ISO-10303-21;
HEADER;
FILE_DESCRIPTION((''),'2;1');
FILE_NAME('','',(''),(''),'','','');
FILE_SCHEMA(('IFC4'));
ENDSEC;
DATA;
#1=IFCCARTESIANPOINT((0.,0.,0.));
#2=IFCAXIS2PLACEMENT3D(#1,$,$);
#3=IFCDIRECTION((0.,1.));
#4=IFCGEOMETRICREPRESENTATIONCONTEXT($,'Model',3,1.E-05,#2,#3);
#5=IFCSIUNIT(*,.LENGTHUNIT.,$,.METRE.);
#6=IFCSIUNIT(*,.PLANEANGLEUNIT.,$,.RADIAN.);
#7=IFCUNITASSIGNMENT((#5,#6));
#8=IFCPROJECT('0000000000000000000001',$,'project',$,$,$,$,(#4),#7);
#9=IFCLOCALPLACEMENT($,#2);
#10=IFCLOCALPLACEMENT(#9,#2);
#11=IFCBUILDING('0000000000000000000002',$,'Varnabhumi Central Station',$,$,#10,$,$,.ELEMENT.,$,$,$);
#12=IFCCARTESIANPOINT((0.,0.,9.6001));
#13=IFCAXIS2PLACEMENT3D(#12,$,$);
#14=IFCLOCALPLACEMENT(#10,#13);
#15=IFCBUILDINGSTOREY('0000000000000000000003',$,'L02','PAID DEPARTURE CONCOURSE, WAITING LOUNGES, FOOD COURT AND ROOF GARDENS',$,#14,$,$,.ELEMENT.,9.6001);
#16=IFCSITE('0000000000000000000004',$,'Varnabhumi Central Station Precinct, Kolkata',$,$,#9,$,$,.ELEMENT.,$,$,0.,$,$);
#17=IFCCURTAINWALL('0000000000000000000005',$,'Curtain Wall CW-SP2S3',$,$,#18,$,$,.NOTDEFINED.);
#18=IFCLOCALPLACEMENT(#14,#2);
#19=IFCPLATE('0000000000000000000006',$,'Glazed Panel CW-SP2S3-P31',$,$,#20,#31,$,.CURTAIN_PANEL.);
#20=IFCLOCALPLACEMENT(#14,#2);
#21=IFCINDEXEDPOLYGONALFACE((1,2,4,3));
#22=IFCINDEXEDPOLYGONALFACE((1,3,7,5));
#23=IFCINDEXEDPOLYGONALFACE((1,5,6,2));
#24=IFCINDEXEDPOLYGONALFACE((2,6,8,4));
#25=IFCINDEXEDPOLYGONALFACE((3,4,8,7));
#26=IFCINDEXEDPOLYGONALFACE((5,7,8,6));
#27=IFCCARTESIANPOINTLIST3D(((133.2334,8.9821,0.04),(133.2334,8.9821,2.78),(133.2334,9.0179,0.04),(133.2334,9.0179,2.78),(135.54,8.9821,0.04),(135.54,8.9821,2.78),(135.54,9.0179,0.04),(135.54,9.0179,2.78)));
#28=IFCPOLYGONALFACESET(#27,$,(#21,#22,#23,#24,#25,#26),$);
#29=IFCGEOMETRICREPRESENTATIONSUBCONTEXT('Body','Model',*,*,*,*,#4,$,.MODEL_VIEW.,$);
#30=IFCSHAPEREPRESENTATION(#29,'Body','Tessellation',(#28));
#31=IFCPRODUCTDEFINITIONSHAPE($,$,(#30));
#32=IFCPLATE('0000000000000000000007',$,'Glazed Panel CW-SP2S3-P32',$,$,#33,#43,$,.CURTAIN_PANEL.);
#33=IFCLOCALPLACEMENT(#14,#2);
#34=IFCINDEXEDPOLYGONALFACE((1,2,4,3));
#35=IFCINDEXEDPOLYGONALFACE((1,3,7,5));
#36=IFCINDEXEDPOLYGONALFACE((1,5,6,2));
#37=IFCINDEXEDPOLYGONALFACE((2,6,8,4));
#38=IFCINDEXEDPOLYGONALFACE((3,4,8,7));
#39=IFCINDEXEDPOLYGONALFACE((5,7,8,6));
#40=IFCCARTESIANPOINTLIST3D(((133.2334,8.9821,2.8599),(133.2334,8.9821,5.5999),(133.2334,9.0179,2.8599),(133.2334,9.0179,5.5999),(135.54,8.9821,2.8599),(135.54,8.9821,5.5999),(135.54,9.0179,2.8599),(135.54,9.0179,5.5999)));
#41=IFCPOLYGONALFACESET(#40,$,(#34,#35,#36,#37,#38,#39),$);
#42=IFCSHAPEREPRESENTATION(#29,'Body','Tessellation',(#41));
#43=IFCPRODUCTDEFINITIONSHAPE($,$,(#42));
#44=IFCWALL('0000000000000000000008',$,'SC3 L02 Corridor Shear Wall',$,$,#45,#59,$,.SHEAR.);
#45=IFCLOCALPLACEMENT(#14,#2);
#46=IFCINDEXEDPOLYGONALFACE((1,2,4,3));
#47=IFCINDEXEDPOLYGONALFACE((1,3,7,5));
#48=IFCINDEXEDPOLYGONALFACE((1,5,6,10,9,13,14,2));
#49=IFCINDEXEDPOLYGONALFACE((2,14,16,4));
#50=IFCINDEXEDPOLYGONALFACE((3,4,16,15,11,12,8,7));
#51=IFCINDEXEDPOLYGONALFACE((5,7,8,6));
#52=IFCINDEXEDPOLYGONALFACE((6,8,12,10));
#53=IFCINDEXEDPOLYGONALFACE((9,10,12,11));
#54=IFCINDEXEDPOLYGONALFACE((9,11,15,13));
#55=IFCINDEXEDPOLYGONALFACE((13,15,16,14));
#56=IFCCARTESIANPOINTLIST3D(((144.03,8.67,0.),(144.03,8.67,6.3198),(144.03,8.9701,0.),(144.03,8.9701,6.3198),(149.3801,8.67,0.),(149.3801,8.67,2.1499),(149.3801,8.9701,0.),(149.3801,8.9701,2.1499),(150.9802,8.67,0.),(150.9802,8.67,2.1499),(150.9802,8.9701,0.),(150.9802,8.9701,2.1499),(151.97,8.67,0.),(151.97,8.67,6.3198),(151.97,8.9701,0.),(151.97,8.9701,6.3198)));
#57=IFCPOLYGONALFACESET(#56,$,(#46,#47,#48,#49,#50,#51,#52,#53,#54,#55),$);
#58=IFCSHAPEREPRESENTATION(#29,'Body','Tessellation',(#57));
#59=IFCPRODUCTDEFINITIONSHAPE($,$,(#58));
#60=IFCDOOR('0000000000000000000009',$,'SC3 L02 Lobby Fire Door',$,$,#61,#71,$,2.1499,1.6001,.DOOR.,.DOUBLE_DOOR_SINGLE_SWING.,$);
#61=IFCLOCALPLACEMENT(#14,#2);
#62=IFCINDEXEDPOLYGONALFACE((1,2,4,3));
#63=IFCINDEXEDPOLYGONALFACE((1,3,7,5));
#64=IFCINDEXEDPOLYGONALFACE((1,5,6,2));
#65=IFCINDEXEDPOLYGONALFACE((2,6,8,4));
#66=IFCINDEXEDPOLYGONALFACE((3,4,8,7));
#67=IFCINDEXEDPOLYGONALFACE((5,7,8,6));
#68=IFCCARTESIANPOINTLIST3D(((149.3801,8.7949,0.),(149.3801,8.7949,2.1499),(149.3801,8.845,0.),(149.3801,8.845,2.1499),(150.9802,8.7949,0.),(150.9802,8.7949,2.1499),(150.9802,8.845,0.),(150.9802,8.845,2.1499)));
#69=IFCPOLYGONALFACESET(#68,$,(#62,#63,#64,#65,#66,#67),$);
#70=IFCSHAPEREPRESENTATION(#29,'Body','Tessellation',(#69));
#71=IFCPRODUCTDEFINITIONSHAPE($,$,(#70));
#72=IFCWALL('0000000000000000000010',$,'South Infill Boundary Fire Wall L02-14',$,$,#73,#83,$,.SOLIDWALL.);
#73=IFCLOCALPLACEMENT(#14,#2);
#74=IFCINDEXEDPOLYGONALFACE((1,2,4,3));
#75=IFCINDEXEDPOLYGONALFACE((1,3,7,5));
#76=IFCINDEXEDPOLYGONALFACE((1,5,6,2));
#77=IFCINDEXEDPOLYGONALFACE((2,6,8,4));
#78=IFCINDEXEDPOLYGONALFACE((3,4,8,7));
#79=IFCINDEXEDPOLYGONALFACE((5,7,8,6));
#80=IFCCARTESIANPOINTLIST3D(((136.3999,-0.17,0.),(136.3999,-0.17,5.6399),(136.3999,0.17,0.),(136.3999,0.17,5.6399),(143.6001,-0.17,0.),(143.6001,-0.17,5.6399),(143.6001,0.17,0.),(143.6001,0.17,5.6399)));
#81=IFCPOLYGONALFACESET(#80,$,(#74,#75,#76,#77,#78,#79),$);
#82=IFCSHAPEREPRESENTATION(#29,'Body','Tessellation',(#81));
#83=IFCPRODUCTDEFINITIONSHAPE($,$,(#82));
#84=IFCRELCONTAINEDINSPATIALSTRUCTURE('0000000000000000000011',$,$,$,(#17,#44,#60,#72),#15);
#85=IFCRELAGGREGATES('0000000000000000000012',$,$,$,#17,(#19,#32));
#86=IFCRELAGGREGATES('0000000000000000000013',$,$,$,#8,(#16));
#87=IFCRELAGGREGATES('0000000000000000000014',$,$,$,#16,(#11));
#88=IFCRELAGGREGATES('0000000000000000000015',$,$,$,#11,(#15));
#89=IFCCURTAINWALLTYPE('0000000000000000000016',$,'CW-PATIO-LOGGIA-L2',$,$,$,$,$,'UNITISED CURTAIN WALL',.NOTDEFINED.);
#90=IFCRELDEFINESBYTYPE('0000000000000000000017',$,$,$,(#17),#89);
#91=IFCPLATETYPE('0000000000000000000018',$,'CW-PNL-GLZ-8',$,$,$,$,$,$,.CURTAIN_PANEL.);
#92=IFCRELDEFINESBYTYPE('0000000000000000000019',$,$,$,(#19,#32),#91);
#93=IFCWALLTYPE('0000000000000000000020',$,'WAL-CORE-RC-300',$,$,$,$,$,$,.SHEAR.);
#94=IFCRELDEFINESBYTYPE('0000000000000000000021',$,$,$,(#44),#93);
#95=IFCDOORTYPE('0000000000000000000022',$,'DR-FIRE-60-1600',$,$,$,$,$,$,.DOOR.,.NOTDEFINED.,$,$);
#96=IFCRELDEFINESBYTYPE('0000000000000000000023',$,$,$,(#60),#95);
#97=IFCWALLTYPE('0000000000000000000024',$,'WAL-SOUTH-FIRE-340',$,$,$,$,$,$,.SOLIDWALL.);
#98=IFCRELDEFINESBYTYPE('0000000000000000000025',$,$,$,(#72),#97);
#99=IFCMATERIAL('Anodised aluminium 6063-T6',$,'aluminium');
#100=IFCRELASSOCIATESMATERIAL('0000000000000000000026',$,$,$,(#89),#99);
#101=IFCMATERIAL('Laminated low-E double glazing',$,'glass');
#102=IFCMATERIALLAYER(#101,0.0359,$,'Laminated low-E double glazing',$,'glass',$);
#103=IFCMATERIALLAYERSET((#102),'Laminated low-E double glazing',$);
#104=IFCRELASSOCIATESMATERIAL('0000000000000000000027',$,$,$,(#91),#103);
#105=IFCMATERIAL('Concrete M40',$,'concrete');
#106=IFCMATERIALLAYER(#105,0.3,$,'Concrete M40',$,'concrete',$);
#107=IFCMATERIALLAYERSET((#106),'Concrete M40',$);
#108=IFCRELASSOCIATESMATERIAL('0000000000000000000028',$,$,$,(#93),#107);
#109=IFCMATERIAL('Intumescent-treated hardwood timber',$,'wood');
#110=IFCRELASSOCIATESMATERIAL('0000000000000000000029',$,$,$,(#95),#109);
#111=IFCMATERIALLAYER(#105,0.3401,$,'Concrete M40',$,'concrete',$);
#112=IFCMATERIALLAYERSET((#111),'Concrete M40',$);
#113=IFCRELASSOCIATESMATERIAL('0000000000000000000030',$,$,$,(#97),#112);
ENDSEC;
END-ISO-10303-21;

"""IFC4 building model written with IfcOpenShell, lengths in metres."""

from ifc_helpers import new_model, si_unit, direction, frame, frame_2d, origin, origin_2d, place, context, subcontext, project, spatial, rectangle, extrude, material, layer, layer_set, type_object, element, fill, aggregate, save


model = new_model("IFC4")

# Units and contexts
model_context = context("Model", 3, precision=1e-05, world=origin(), true_north=direction((0.0, 1.0)))
body_context = subcontext(model_context, "Body", "Model", "MODEL_VIEW")
ifc_project = project(units=[si_unit("LENGTHUNIT", "METRE"), si_unit("PLANEANGLEUNIT", "RADIAN")], contexts=[model_context])

# Site, building, storey
site_placement = place(None, origin())
site = spatial("IfcSite", under=ifc_project, at=site_placement, Name="Varnabhumi Central Station Precinct, Kolkata", CompositionType="ELEMENT", RefElevation=0.0)
building_placement = place(site_placement, origin())
building = spatial("IfcBuilding", under=site, at=building_placement, Name="Varnabhumi Central Station", CompositionType="ELEMENT")
storey_placement = place(building_placement, frame((0.0, 0.0, 9.6001)))
storey = spatial("IfcBuildingStorey", under=building, at=storey_placement, Name="L02", Description="PAID DEPARTURE CONCOURSE, WAITING LOUNGES, FOOD COURT AND ROOF GARDENS", CompositionType="ELEMENT", Elevation=9.6001)

# Shared definitions
ifc_material_1 = material(Name="Concrete M40", Category="concrete")

# Curtain wall, plates
ifc_material_2 = material(Name="Anodised aluminium 6063-T6", Category="aluminium")
curtain_wall_type = type_object("IfcCurtainWallType", Name="CW-PATIO-LOGGIA-L2", ElementType="UNITISED CURTAIN WALL", PredefinedType="NOTDEFINED", material=ifc_material_2)
curtain_wall_placement = place(storey_placement, origin())
curtain_wall = element("IfcCurtainWall", 1, at=curtain_wall_placement, inside=storey, type_object=curtain_wall_type, Name="Curtain Wall CW-SP2S3", PredefinedType="NOTDEFINED")
ifc_material_3 = material(Name="Laminated low-E double glazing", Category="glass")
ifc_layer_1 = layer(ifc_material_3, 0.0359, Name="Laminated low-E double glazing", Category="glass")
ifc_layer_set_1 = layer_set([ifc_layer_1], Name="Laminated low-E double glazing")
plate_type = type_object("IfcPlateType", Name="CW-PNL-GLZ-8", PredefinedType="CURTAIN_PANEL", material=ifc_layer_set_1)
plate_1_placement = place(storey_placement, frame((134.3867, 9.0, 0.04), z_axis=(0.0, 0.0, 1.0), x_axis=(1.0, 0.0, 0.0)))
plate_1 = element("IfcPlate", 2, at=plate_1_placement, type_object=plate_type, Name="Glazed Panel CW-SP2S3-P31", PredefinedType="CURTAIN_PANEL", context=body_context, shape_type="SweptSolid", body=[
    extrude(rectangle(XDim=2.3066, YDim=0.0359, at=origin_2d()), origin(), (0.0, 0.0, 1.0), 2.74),
])
plate_2_placement = place(storey_placement, frame((134.3867, 9.0, 2.8599), z_axis=(0.0, 0.0, 1.0), x_axis=(1.0, 0.0, 0.0)))
plate_2 = element("IfcPlate", 3, at=plate_2_placement, type_object=plate_type, Name="Glazed Panel CW-SP2S3-P32", PredefinedType="CURTAIN_PANEL", context=body_context, shape_type="SweptSolid", body=[
    extrude(rectangle(XDim=2.3066, YDim=0.0359, at=origin_2d()), origin(), (0.0, 0.0, 1.0), 2.74),
])
aggregate(curtain_wall, [plate_1, plate_2])

# Wall, opening, door
ifc_layer_2 = layer(ifc_material_1, 0.3, Name="Concrete M40", Category="concrete")
ifc_layer_set_2 = layer_set([ifc_layer_2], Name="Concrete M40")
wall_type_1 = type_object("IfcWallType", Name="WAL-CORE-RC-300", PredefinedType="SHEAR", material=ifc_layer_set_2)
wall_1_placement = place(storey_placement, frame((144.03, 8.8201, 0.0), z_axis=(0.0, 0.0, 1.0), x_axis=(1.0, 0.0, 0.0)))
wall_1 = element("IfcWall", 4, at=wall_1_placement, inside=storey, type_object=wall_type_1, Name="SC3 L02 Corridor Shear Wall", PredefinedType="SHEAR", context=body_context, shape_type="SweptSolid", body=[
    extrude(rectangle(XDim=7.9399, YDim=0.3, at=frame_2d((3.97, 0.0))), origin(), (0.0, 0.0, 1.0), 6.3198),
])
opening_placement = place(wall_1_placement, frame((5.3501, 0.0, 0.0)))
opening = element("IfcOpeningElement", 5, at=opening_placement, cuts=wall_1, PredefinedType="OPENING", context=body_context, shape_type="SweptSolid", body=[
    extrude(rectangle(XDim=1.6001, YDim=2.1499, at=frame_2d((0.8, 1.075))), frame((0.0, 0.1599, 0.0), z_axis=(0.0, -1.0, 0.0), x_axis=(1.0, 0.0, 0.0)), (0.0, 0.0, 1.0), 0.3201),
])
ifc_material_4 = material(Name="Intumescent-treated hardwood timber", Category="wood")
door_type = type_object("IfcDoorType", Name="DR-FIRE-60-1600", OperationType="NOTDEFINED", PredefinedType="DOOR", material=ifc_material_4)
door_placement = place(opening_placement, origin())
door = element("IfcDoor", 6, at=door_placement, inside=storey, type_object=door_type, Name="SC3 L02 Lobby Fire Door", OperationType="DOUBLE_DOOR_SINGLE_SWING", OverallHeight=2.1499, OverallWidth=1.6001, PredefinedType="DOOR", context=body_context, shape_type="SweptSolid", body=[
    extrude(rectangle(XDim=1.6001, YDim=2.1499, at=frame_2d((0.8, 1.075))), frame((0.0, 0.0249, 0.0), z_axis=(0.0, -1.0, 0.0), x_axis=(1.0, 0.0, 0.0)), (0.0, 0.0, 1.0), 0.05),
])
fill(opening, door)

# Wall
ifc_layer_3 = layer(ifc_material_1, 0.3401, Name="Concrete M40", Category="concrete")
ifc_layer_set_3 = layer_set([ifc_layer_3], Name="Concrete M40")
wall_type_2 = type_object("IfcWallType", Name="WAL-SOUTH-FIRE-340", PredefinedType="SOLIDWALL", material=ifc_layer_set_3)
wall_2_placement = place(storey_placement, frame((136.3999, 0.0, 0.0), z_axis=(0.0, 0.0, 1.0), x_axis=(1.0, 0.0, 0.0)))
element("IfcWall", 7, at=wall_2_placement, inside=storey, type_object=wall_type_2, Name="South Infill Boundary Fire Wall L02-14", PredefinedType="SOLIDWALL", context=body_context, shape_type="SweptSolid", body=[
    extrude(rectangle(XDim=7.2002, YDim=0.3401, at=frame_2d((3.6001, 0.0))), origin(), (0.0, 0.0, 1.0), 5.6399),
])

save(model, "model.ifc")
